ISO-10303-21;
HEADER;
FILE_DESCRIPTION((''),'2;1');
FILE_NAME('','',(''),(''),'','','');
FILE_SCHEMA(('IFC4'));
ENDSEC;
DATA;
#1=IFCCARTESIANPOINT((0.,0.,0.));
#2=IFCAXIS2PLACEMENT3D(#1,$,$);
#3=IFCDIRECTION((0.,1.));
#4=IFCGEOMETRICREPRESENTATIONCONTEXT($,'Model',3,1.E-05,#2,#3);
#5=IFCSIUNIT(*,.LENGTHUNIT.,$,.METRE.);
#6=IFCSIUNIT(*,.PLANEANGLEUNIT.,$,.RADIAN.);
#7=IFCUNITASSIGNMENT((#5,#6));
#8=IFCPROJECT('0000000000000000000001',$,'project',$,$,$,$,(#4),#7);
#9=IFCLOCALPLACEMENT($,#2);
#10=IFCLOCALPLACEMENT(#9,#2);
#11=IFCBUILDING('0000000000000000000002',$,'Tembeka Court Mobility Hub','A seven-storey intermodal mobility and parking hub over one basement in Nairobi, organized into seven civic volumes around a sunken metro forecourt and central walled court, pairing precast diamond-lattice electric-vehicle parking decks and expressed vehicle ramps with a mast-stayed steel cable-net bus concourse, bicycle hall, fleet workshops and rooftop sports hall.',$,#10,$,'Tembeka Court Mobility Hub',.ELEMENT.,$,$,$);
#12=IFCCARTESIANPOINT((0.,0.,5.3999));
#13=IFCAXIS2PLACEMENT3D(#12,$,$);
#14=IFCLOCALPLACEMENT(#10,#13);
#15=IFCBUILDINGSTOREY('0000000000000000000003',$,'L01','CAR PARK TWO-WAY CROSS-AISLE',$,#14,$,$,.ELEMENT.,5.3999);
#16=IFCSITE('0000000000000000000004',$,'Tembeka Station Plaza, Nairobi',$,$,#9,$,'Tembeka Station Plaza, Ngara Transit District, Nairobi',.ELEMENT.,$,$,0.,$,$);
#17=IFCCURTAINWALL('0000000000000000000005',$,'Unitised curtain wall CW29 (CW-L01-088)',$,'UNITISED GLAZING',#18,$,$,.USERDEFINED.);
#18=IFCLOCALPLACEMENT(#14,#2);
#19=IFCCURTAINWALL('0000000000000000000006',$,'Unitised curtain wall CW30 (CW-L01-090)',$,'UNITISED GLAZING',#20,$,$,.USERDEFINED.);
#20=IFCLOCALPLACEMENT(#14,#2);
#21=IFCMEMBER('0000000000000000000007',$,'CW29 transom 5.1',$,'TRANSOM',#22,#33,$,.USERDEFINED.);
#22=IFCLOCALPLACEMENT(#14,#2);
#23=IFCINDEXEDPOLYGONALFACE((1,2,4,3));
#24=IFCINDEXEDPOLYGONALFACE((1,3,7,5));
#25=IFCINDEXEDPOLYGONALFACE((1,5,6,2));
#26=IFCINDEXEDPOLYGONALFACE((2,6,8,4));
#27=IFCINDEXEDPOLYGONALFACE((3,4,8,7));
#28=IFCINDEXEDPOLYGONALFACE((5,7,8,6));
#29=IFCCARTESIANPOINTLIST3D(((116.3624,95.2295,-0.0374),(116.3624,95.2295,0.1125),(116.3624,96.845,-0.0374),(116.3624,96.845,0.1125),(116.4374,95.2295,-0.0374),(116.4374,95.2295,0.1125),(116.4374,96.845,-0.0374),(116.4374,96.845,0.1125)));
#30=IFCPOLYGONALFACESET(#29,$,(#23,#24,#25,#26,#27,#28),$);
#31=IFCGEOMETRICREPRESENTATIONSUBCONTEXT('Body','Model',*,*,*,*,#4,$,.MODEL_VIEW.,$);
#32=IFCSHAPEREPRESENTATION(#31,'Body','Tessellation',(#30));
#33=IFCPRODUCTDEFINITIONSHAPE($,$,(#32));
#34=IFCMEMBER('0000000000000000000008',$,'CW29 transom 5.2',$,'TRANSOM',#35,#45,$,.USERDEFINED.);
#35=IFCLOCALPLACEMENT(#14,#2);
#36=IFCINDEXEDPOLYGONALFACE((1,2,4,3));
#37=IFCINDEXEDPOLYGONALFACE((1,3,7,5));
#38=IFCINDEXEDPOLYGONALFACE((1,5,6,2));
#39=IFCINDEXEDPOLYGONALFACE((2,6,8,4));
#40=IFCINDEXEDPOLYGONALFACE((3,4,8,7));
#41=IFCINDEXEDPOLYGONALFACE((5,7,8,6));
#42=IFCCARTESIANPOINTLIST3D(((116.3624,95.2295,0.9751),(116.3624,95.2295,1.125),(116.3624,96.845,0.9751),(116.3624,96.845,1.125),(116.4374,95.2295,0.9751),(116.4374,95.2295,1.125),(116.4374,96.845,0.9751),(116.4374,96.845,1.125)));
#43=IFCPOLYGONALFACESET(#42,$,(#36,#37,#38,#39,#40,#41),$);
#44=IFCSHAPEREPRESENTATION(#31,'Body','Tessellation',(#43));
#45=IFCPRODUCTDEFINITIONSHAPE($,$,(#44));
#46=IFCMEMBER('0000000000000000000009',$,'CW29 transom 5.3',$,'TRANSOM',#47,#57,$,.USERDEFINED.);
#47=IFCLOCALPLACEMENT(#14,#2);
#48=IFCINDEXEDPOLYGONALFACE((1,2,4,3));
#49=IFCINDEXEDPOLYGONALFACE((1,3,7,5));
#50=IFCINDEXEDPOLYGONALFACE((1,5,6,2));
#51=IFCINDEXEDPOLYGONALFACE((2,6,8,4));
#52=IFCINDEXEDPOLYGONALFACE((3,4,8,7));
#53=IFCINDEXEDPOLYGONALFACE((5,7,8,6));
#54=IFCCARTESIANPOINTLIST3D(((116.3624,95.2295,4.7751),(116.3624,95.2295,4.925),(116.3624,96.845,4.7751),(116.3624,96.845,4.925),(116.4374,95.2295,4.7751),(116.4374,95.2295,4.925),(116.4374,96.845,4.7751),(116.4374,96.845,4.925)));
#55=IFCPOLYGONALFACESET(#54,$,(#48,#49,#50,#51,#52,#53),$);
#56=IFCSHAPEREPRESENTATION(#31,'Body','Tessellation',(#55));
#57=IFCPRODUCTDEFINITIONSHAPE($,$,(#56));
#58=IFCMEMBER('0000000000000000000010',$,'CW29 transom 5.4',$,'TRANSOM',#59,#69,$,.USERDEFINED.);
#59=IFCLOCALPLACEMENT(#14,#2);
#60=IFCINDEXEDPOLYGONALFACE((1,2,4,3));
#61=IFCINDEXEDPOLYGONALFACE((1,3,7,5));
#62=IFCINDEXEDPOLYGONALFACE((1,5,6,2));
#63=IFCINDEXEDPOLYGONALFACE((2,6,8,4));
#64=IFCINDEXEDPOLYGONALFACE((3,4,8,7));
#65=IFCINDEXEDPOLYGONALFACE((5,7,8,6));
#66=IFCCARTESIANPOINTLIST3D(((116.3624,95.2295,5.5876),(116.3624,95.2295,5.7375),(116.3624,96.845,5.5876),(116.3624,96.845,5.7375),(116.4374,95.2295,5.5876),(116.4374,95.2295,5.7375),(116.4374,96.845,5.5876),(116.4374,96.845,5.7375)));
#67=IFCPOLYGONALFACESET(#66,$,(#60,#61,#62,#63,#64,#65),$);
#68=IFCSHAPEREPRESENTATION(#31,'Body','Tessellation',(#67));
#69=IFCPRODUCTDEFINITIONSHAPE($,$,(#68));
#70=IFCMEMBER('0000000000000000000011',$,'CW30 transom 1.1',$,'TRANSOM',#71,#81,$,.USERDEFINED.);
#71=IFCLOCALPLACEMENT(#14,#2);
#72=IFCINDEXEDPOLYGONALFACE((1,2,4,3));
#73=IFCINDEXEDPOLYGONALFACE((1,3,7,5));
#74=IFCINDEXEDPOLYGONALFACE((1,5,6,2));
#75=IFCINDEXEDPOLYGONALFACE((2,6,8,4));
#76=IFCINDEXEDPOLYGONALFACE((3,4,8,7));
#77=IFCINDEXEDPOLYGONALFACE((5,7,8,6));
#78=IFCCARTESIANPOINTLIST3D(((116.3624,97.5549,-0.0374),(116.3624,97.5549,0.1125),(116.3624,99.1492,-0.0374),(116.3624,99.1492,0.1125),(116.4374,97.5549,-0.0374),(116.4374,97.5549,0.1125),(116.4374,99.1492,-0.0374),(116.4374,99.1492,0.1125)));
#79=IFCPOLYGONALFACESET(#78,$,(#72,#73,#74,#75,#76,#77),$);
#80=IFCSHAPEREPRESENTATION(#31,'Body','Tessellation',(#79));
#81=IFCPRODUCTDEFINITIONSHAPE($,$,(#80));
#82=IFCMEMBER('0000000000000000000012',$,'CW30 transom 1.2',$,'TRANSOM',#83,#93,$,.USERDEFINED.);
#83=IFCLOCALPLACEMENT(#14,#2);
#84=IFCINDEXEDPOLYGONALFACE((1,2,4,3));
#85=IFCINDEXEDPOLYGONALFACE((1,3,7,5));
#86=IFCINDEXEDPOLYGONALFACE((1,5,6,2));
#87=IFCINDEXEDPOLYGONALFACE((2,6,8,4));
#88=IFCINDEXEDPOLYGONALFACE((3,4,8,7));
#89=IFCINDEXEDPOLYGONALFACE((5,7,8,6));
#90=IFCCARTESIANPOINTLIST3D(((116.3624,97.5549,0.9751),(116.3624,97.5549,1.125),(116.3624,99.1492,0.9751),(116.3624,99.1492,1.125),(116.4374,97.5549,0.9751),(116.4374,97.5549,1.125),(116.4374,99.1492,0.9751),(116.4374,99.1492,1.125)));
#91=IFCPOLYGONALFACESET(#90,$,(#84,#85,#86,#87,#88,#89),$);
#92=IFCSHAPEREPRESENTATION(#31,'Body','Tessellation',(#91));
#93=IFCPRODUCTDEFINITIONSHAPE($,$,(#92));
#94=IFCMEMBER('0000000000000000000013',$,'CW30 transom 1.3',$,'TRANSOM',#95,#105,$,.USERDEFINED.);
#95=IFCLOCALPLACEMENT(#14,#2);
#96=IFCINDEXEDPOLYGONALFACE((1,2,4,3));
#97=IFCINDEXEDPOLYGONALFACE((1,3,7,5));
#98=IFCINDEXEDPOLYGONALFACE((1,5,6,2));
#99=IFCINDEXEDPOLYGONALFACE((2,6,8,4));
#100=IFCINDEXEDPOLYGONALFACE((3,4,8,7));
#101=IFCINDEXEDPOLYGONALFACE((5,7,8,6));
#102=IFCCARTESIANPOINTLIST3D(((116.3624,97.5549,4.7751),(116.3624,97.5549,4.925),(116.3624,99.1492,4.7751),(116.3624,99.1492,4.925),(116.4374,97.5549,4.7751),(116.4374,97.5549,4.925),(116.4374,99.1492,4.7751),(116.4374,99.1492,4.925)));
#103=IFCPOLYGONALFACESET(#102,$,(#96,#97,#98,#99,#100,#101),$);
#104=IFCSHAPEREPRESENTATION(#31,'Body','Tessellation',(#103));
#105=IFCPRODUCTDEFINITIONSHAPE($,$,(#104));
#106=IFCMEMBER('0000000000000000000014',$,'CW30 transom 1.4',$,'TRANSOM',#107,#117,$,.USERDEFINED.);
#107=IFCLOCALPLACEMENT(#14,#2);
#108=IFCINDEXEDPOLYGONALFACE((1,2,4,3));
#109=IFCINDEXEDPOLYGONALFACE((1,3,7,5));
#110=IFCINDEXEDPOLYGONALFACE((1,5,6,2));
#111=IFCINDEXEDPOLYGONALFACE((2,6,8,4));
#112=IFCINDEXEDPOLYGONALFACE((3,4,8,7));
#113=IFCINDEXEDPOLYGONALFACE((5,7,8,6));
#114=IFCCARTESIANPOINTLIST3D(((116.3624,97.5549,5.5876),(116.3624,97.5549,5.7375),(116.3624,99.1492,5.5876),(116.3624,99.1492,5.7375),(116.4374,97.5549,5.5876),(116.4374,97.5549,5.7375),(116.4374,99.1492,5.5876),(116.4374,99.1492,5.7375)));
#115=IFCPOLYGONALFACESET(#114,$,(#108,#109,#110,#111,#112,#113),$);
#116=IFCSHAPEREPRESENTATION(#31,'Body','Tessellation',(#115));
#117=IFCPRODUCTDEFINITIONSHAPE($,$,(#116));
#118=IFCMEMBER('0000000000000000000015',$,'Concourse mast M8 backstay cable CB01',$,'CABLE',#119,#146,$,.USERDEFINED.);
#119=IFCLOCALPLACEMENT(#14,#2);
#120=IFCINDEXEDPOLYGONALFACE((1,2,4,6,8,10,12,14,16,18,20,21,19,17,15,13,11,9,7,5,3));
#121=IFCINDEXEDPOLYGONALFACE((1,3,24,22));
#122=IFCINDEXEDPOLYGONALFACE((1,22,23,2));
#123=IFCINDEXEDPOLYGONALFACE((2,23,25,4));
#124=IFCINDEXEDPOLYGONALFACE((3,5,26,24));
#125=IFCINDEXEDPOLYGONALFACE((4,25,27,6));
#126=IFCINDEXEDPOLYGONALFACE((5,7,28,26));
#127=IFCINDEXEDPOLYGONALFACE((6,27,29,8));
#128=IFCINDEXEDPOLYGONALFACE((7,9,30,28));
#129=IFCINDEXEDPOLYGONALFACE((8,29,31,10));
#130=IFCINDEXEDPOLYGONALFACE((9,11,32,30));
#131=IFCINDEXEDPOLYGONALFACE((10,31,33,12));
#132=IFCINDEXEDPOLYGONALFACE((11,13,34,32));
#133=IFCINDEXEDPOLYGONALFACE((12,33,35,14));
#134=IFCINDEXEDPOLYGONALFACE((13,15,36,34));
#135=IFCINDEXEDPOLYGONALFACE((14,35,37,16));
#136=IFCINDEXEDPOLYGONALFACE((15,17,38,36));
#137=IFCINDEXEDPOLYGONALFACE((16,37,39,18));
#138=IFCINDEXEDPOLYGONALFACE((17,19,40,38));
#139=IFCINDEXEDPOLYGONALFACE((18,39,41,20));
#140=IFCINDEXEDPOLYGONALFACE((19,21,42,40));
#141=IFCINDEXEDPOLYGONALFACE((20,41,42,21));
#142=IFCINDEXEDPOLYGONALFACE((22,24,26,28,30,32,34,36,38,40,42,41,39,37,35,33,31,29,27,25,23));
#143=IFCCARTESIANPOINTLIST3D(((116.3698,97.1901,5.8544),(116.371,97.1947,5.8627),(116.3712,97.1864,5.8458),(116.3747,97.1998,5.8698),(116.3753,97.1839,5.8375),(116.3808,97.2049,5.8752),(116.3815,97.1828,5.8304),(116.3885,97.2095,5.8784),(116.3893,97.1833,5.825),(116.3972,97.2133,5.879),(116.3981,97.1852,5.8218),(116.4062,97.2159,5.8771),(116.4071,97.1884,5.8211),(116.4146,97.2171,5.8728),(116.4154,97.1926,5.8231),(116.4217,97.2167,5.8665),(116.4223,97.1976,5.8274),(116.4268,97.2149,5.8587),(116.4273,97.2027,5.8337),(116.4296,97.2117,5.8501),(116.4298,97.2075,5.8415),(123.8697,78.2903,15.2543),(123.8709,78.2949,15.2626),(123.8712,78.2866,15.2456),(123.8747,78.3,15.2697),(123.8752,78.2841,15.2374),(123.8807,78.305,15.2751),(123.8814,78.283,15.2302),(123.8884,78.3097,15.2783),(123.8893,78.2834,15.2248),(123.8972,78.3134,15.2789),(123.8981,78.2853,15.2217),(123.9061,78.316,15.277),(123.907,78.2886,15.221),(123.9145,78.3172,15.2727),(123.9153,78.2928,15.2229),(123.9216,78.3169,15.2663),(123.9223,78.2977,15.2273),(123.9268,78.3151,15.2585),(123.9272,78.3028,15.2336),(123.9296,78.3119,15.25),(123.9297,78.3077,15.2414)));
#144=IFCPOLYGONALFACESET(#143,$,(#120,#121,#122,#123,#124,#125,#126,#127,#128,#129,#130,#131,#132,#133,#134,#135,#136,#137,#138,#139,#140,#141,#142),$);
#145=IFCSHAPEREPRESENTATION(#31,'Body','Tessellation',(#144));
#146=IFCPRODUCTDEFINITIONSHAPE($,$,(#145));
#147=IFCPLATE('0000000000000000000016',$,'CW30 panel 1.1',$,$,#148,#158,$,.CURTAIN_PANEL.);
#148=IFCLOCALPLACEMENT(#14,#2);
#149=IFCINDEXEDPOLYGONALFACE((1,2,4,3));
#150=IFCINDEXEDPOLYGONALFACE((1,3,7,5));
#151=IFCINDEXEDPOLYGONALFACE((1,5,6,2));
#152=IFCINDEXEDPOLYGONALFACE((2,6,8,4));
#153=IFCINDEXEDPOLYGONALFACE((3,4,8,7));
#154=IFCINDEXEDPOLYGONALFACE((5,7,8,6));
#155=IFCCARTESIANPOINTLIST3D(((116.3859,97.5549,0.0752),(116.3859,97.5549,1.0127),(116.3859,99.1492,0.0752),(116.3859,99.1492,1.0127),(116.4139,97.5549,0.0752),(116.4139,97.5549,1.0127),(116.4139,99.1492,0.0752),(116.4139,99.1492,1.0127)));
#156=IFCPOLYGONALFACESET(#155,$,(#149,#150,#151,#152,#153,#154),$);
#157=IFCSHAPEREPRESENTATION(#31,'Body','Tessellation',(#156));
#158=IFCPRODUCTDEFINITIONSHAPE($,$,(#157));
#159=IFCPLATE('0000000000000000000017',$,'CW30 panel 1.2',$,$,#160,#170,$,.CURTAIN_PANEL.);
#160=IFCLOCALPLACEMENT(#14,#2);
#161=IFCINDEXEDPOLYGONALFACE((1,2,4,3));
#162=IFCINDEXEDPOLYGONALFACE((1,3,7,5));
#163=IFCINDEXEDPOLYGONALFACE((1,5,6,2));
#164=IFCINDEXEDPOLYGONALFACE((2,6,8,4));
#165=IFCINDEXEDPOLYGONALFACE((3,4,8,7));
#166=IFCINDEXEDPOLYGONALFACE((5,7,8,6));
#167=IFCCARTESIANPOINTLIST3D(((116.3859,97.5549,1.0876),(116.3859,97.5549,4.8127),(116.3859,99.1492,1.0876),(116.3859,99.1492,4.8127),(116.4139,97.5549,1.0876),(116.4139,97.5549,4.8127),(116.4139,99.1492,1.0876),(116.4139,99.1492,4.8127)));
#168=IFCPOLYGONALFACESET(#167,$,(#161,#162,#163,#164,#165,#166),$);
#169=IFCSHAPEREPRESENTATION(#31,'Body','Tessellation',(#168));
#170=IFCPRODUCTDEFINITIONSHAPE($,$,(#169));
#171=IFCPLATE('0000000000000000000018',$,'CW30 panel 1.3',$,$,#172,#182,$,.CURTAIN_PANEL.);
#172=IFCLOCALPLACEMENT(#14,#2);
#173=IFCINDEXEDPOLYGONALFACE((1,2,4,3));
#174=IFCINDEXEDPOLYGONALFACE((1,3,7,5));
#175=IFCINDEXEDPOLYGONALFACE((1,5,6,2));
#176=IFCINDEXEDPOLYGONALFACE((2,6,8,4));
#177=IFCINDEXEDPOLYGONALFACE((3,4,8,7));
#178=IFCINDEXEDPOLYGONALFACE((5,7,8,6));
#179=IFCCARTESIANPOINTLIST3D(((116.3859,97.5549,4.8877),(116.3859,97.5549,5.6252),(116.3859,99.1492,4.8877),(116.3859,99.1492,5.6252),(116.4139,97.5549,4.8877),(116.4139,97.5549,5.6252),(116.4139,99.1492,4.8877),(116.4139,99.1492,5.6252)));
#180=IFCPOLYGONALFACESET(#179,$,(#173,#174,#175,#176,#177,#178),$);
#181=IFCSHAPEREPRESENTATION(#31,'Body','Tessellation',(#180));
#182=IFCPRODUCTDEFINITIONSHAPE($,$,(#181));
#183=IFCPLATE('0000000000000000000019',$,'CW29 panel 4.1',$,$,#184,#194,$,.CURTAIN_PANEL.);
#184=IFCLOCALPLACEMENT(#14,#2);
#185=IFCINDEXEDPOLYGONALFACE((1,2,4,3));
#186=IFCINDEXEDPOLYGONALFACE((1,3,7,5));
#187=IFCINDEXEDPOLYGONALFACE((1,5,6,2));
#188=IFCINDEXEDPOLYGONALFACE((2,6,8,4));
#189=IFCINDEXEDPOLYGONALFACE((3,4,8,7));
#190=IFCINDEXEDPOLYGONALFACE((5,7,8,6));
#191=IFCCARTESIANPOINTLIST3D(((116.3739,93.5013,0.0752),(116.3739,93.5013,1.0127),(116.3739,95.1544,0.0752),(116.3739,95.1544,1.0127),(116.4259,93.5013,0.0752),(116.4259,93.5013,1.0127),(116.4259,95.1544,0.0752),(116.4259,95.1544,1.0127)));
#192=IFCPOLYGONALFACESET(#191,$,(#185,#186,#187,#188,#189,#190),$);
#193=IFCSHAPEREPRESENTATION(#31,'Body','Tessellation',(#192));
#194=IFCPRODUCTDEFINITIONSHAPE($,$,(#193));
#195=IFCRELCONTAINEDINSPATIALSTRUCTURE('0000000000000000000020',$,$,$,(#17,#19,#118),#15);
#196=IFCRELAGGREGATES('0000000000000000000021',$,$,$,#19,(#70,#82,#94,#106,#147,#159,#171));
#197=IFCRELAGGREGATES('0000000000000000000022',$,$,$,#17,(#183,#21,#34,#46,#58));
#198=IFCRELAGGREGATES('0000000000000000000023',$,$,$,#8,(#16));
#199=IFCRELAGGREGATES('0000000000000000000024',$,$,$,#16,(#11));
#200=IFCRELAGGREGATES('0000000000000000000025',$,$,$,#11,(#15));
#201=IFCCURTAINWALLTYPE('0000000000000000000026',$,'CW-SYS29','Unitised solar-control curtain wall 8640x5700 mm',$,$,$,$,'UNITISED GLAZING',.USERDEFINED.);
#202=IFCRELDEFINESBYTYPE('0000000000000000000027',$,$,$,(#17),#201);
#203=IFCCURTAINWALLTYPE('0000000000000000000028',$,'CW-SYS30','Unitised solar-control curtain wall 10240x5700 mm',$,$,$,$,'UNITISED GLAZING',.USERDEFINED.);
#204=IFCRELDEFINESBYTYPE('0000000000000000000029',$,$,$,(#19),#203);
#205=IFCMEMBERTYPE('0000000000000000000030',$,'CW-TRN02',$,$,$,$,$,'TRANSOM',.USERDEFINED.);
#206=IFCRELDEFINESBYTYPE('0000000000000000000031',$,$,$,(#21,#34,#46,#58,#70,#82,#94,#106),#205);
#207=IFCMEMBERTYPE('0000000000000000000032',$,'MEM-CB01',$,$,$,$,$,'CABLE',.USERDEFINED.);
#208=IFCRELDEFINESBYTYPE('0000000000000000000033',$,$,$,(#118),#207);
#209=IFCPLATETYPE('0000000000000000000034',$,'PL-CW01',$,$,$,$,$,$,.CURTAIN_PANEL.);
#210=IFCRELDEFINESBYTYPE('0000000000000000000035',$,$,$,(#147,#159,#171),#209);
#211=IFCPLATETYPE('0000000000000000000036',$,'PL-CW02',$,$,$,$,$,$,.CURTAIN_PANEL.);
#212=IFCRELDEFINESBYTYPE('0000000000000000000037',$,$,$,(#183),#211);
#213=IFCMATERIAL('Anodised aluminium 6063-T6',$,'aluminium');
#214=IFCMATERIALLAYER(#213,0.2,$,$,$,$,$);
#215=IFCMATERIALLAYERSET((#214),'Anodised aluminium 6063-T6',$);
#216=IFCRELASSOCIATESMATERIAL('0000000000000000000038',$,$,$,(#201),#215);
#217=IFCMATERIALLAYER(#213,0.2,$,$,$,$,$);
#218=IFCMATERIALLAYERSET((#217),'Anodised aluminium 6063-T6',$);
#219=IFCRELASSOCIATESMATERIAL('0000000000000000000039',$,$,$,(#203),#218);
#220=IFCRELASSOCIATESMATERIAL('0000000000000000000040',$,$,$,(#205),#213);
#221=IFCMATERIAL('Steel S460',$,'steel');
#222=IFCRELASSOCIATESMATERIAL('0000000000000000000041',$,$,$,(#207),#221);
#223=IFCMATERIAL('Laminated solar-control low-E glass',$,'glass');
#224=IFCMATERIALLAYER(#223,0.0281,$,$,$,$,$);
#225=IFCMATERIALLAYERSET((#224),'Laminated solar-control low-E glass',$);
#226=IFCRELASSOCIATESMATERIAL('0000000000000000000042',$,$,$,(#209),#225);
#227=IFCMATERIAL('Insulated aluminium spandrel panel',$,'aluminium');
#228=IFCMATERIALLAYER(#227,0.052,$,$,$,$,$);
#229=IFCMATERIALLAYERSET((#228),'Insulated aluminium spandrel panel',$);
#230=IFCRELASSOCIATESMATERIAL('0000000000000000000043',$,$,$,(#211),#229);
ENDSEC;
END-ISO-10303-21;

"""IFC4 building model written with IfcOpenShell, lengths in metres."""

from ifc_helpers import new_model, si_unit, direction, frame, origin, origin_2d, place, context, subcontext, project, spatial, rectangle, circle, extrude, material, layer, layer_set, material_profile, profile_set, type_object, element, aggregate, save


model = new_model("IFC4")

# Units and contexts
model_context = context("Model", 3, precision=1e-05, world=origin(), true_north=direction((0.0, 1.0)))
body_context = subcontext(model_context, "Body", "Model", "MODEL_VIEW")
ifc_project = project(units=[si_unit("LENGTHUNIT", "METRE"), si_unit("PLANEANGLEUNIT", "RADIAN")], contexts=[model_context])

# Site, building, storey
site_placement = place(None, origin())
site = spatial("IfcSite", under=ifc_project, at=site_placement, Name="Tembeka Station Plaza, Nairobi", LongName="Tembeka Station Plaza, Ngara Transit District, Nairobi", CompositionType="ELEMENT", RefElevation=0.0)
building_placement = place(site_placement, origin())
building = spatial("IfcBuilding", under=site, at=building_placement, Name="Tembeka Court Mobility Hub", Description="A seven-storey intermodal mobility and parking hub over one basement in Nairobi, organized into seven civic volumes around a sunken metro forecourt and central walled court, pairing precast diamond-lattice electric-vehicle parking decks and expressed vehicle ramps with a mast-stayed steel cable-net bus concourse, bicycle hall, fleet workshops and rooftop sports hall.", LongName="Tembeka Court Mobility Hub", CompositionType="ELEMENT")
storey_placement = place(building_placement, frame((0.0, 0.0, 5.3999)))
storey = spatial("IfcBuildingStorey", under=building, at=storey_placement, Name="L01", Description="CAR PARK TWO-WAY CROSS-AISLE", CompositionType="ELEMENT", Elevation=5.3999)

# Curtain wall
ifc_material_1 = material(Name="Anodised aluminium 6063-T6", Category="aluminium")
ifc_layer_1 = layer(ifc_material_1, 0.2)
ifc_layer_set_1 = layer_set([ifc_layer_1], Name="Anodised aluminium 6063-T6")
curtain_wall_type_1 = type_object("IfcCurtainWallType", Name="CW-SYS29", Description="Unitised solar-control curtain wall 8640x5700 mm", ElementType="UNITISED GLAZING", PredefinedType="USERDEFINED", material=ifc_layer_set_1)
curtain_wall_1_placement = place(storey_placement, origin())
curtain_wall_1 = element("IfcCurtainWall", 1, at=curtain_wall_1_placement, inside=storey, type_object=curtain_wall_type_1, Name="Unitised curtain wall CW29 (CW-L01-088)", ObjectType="UNITISED GLAZING", PredefinedType="USERDEFINED")

# Curtain wall
ifc_layer_2 = layer(ifc_material_1, 0.2)
ifc_layer_set_2 = layer_set([ifc_layer_2], Name="Anodised aluminium 6063-T6")
curtain_wall_type_2 = type_object("IfcCurtainWallType", Name="CW-SYS30", Description="Unitised solar-control curtain wall 10240x5700 mm", ElementType="UNITISED GLAZING", PredefinedType="USERDEFINED", material=ifc_layer_set_2)
curtain_wall_2_placement = place(storey_placement, origin())
curtain_wall_2 = element("IfcCurtainWall", 2, at=curtain_wall_2_placement, inside=storey, type_object=curtain_wall_type_2, Name="Unitised curtain wall CW30 (CW-L01-090)", ObjectType="UNITISED GLAZING", PredefinedType="USERDEFINED")

# Members
ifc_material_profile_1 = material_profile(ifc_material_1, rectangle(XDim=0.075, YDim=0.1499, at=origin_2d()), Name="ALU-TRN 75x150")
ifc_profile_set_1 = profile_set([ifc_material_profile_1], Name="Anodised aluminium 6063-T6")
member_type_1 = type_object("IfcMemberType", Name="CW-TRN02", ElementType="TRANSOM", PredefinedType="USERDEFINED", material=ifc_profile_set_1)
member_1_placement = place(storey_placement, frame((116.3999, 95.2295, 0.0376), z_axis=(0.0, 1.0, 0.0), x_axis=(-1.0, 0.0, 0.0)))
member_1 = element("IfcMember", 3, at=member_1_placement, type_object=member_type_1, Name="CW29 transom 5.1", ObjectType="TRANSOM", PredefinedType="USERDEFINED", context=body_context, shape_type="SweptSolid", body=[
    extrude(rectangle(XDim=0.075, YDim=0.1499, at=origin_2d()), origin(), (0.0, 0.0, 1.0), 1.6155),
])
member_2_placement = place(storey_placement, frame((116.3999, 95.2295, 1.05), z_axis=(0.0, 1.0, 0.0), x_axis=(-1.0, 0.0, 0.0)))
member_2 = element("IfcMember", 4, at=member_2_placement, type_object=member_type_1, Name="CW29 transom 5.2", ObjectType="TRANSOM", PredefinedType="USERDEFINED", context=body_context, shape_type="SweptSolid", body=[
    extrude(rectangle(XDim=0.075, YDim=0.1499, at=origin_2d()), origin(), (0.0, 0.0, 1.0), 1.6155),
])
member_3_placement = place(storey_placement, frame((116.3999, 95.2295, 4.8501), z_axis=(0.0, 1.0, 0.0), x_axis=(-1.0, 0.0, 0.0)))
member_3 = element("IfcMember", 5, at=member_3_placement, type_object=member_type_1, Name="CW29 transom 5.3", ObjectType="TRANSOM", PredefinedType="USERDEFINED", context=body_context, shape_type="SweptSolid", body=[
    extrude(rectangle(XDim=0.075, YDim=0.1499, at=origin_2d()), origin(), (0.0, 0.0, 1.0), 1.6155),
])
member_4_placement = place(storey_placement, frame((116.3999, 95.2295, 5.6626), z_axis=(0.0, 1.0, 0.0), x_axis=(-1.0, 0.0, 0.0)))
member_4 = element("IfcMember", 6, at=member_4_placement, type_object=member_type_1, Name="CW29 transom 5.4", ObjectType="TRANSOM", PredefinedType="USERDEFINED", context=body_context, shape_type="SweptSolid", body=[
    extrude(rectangle(XDim=0.075, YDim=0.1499, at=origin_2d()), origin(), (0.0, 0.0, 1.0), 1.6155),
])
member_5_placement = place(storey_placement, frame((116.3999, 97.5549, 0.0376), z_axis=(0.0, 1.0, 0.0), x_axis=(-1.0, 0.0, 0.0)))
member_5 = element("IfcMember", 7, at=member_5_placement, type_object=member_type_1, Name="CW30 transom 1.1", ObjectType="TRANSOM", PredefinedType="USERDEFINED", context=body_context, shape_type="SweptSolid", body=[
    extrude(rectangle(XDim=0.075, YDim=0.1499, at=origin_2d()), origin(), (0.0, 0.0, 1.0), 1.5942),
])
member_6_placement = place(storey_placement, frame((116.3999, 97.5549, 1.05), z_axis=(0.0, 1.0, 0.0), x_axis=(-1.0, 0.0, 0.0)))
member_6 = element("IfcMember", 8, at=member_6_placement, type_object=member_type_1, Name="CW30 transom 1.2", ObjectType="TRANSOM", PredefinedType="USERDEFINED", context=body_context, shape_type="SweptSolid", body=[
    extrude(rectangle(XDim=0.075, YDim=0.1499, at=origin_2d()), origin(), (0.0, 0.0, 1.0), 1.5942),
])
member_7_placement = place(storey_placement, frame((116.3999, 97.5549, 4.8501), z_axis=(0.0, 1.0, 0.0), x_axis=(-1.0, 0.0, 0.0)))
member_7 = element("IfcMember", 9, at=member_7_placement, type_object=member_type_1, Name="CW30 transom 1.3", ObjectType="TRANSOM", PredefinedType="USERDEFINED", context=body_context, shape_type="SweptSolid", body=[
    extrude(rectangle(XDim=0.075, YDim=0.1499, at=origin_2d()), origin(), (0.0, 0.0, 1.0), 1.5942),
])
member_8_placement = place(storey_placement, frame((116.3999, 97.5549, 5.6626), z_axis=(0.0, 1.0, 0.0), x_axis=(-1.0, 0.0, 0.0)))
member_8 = element("IfcMember", 10, at=member_8_placement, type_object=member_type_1, Name="CW30 transom 1.4", ObjectType="TRANSOM", PredefinedType="USERDEFINED", context=body_context, shape_type="SweptSolid", body=[
    extrude(rectangle(XDim=0.075, YDim=0.1499, at=origin_2d()), origin(), (0.0, 0.0, 1.0), 1.5942),
])
ifc_material_2 = material(Name="Steel S460", Category="steel")
ifc_material_profile_2 = material_profile(ifc_material_2, circle(Radius=0.032, at=origin_2d()), Name="CABLE D64")
ifc_profile_set_2 = profile_set([ifc_material_profile_2], Name="Steel S460")
member_type_2 = type_object("IfcMemberType", Name="MEM-CB01", ElementType="CABLE", PredefinedType="USERDEFINED", material=ifc_profile_set_2)
member_9_placement = place(storey_placement, frame((116.3999, 97.2, 5.8501), z_axis=(0.334803, -0.8437, 0.419616), x_axis=(0.92949, 0.368847, 0.0)))
element("IfcMember", 11, at=member_9_placement, inside=storey, type_object=member_type_2, Name="Concourse mast M8 backstay cable CB01", ObjectType="CABLE", PredefinedType="USERDEFINED", context=body_context, shape_type="SweptSolid", body=[
    extrude(circle(Radius=0.032, at=origin_2d()), origin(), (0.0, 0.0, 1.0), 22.4011),
])

# Plates
ifc_material_3 = material(Name="Laminated solar-control low-E glass", Category="glass")
ifc_layer_3 = layer(ifc_material_3, 0.0281)
ifc_layer_set_3 = layer_set([ifc_layer_3], Name="Laminated solar-control low-E glass")
plate_type_1 = type_object("IfcPlateType", Name="PL-CW01", PredefinedType="CURTAIN_PANEL", material=ifc_layer_set_3)
plate_1_placement = place(storey_placement, frame((116.3999, 98.3521, 0.0752), z_axis=(0.0, 0.0, 1.0), x_axis=(0.0, 1.0, 0.0)))
plate_1 = element("IfcPlate", 12, at=plate_1_placement, type_object=plate_type_1, Name="CW30 panel 1.1", PredefinedType="CURTAIN_PANEL", context=body_context, shape_type="SweptSolid", body=[
    extrude(rectangle(XDim=1.5942, YDim=0.0281, at=origin_2d()), origin(), (0.0, 0.0, 1.0), 0.9375),
])
plate_2_placement = place(storey_placement, frame((116.3999, 98.3521, 1.0876), z_axis=(0.0, 0.0, 1.0), x_axis=(0.0, 1.0, 0.0)))
plate_2 = element("IfcPlate", 13, at=plate_2_placement, type_object=plate_type_1, Name="CW30 panel 1.2", PredefinedType="CURTAIN_PANEL", context=body_context, shape_type="SweptSolid", body=[
    extrude(rectangle(XDim=1.5942, YDim=0.0281, at=origin_2d()), origin(), (0.0, 0.0, 1.0), 3.7251),
])
plate_3_placement = place(storey_placement, frame((116.3999, 98.3521, 4.8877), z_axis=(0.0, 0.0, 1.0), x_axis=(0.0, 1.0, 0.0)))
plate_3 = element("IfcPlate", 14, at=plate_3_placement, type_object=plate_type_1, Name="CW30 panel 1.3", PredefinedType="CURTAIN_PANEL", context=body_context, shape_type="SweptSolid", body=[
    extrude(rectangle(XDim=1.5942, YDim=0.0281, at=origin_2d()), origin(), (0.0, 0.0, 1.0), 0.7375),
])
aggregate(curtain_wall_2, [member_5, member_6, member_7, member_8, plate_1, plate_2, plate_3])
ifc_material_4 = material(Name="Insulated aluminium spandrel panel", Category="aluminium")
ifc_layer_4 = layer(ifc_material_4, 0.052)
ifc_layer_set_4 = layer_set([ifc_layer_4], Name="Insulated aluminium spandrel panel")
plate_type_2 = type_object("IfcPlateType", Name="PL-CW02", PredefinedType="CURTAIN_PANEL", material=ifc_layer_set_4)
plate_4_placement = place(storey_placement, frame((116.3999, 94.3279, 0.0752), z_axis=(0.0, 0.0, 1.0), x_axis=(0.0, 1.0, 0.0)))
plate_4 = element("IfcPlate", 15, at=plate_4_placement, type_object=plate_type_2, Name="CW29 panel 4.1", PredefinedType="CURTAIN_PANEL", context=body_context, shape_type="SweptSolid", body=[
    extrude(rectangle(XDim=1.6531, YDim=0.052, at=origin_2d()), origin(), (0.0, 0.0, 1.0), 0.9375),
])
aggregate(curtain_wall_1, [plate_4, member_1, member_2, member_3, member_4])

save(model, "model.ifc")
